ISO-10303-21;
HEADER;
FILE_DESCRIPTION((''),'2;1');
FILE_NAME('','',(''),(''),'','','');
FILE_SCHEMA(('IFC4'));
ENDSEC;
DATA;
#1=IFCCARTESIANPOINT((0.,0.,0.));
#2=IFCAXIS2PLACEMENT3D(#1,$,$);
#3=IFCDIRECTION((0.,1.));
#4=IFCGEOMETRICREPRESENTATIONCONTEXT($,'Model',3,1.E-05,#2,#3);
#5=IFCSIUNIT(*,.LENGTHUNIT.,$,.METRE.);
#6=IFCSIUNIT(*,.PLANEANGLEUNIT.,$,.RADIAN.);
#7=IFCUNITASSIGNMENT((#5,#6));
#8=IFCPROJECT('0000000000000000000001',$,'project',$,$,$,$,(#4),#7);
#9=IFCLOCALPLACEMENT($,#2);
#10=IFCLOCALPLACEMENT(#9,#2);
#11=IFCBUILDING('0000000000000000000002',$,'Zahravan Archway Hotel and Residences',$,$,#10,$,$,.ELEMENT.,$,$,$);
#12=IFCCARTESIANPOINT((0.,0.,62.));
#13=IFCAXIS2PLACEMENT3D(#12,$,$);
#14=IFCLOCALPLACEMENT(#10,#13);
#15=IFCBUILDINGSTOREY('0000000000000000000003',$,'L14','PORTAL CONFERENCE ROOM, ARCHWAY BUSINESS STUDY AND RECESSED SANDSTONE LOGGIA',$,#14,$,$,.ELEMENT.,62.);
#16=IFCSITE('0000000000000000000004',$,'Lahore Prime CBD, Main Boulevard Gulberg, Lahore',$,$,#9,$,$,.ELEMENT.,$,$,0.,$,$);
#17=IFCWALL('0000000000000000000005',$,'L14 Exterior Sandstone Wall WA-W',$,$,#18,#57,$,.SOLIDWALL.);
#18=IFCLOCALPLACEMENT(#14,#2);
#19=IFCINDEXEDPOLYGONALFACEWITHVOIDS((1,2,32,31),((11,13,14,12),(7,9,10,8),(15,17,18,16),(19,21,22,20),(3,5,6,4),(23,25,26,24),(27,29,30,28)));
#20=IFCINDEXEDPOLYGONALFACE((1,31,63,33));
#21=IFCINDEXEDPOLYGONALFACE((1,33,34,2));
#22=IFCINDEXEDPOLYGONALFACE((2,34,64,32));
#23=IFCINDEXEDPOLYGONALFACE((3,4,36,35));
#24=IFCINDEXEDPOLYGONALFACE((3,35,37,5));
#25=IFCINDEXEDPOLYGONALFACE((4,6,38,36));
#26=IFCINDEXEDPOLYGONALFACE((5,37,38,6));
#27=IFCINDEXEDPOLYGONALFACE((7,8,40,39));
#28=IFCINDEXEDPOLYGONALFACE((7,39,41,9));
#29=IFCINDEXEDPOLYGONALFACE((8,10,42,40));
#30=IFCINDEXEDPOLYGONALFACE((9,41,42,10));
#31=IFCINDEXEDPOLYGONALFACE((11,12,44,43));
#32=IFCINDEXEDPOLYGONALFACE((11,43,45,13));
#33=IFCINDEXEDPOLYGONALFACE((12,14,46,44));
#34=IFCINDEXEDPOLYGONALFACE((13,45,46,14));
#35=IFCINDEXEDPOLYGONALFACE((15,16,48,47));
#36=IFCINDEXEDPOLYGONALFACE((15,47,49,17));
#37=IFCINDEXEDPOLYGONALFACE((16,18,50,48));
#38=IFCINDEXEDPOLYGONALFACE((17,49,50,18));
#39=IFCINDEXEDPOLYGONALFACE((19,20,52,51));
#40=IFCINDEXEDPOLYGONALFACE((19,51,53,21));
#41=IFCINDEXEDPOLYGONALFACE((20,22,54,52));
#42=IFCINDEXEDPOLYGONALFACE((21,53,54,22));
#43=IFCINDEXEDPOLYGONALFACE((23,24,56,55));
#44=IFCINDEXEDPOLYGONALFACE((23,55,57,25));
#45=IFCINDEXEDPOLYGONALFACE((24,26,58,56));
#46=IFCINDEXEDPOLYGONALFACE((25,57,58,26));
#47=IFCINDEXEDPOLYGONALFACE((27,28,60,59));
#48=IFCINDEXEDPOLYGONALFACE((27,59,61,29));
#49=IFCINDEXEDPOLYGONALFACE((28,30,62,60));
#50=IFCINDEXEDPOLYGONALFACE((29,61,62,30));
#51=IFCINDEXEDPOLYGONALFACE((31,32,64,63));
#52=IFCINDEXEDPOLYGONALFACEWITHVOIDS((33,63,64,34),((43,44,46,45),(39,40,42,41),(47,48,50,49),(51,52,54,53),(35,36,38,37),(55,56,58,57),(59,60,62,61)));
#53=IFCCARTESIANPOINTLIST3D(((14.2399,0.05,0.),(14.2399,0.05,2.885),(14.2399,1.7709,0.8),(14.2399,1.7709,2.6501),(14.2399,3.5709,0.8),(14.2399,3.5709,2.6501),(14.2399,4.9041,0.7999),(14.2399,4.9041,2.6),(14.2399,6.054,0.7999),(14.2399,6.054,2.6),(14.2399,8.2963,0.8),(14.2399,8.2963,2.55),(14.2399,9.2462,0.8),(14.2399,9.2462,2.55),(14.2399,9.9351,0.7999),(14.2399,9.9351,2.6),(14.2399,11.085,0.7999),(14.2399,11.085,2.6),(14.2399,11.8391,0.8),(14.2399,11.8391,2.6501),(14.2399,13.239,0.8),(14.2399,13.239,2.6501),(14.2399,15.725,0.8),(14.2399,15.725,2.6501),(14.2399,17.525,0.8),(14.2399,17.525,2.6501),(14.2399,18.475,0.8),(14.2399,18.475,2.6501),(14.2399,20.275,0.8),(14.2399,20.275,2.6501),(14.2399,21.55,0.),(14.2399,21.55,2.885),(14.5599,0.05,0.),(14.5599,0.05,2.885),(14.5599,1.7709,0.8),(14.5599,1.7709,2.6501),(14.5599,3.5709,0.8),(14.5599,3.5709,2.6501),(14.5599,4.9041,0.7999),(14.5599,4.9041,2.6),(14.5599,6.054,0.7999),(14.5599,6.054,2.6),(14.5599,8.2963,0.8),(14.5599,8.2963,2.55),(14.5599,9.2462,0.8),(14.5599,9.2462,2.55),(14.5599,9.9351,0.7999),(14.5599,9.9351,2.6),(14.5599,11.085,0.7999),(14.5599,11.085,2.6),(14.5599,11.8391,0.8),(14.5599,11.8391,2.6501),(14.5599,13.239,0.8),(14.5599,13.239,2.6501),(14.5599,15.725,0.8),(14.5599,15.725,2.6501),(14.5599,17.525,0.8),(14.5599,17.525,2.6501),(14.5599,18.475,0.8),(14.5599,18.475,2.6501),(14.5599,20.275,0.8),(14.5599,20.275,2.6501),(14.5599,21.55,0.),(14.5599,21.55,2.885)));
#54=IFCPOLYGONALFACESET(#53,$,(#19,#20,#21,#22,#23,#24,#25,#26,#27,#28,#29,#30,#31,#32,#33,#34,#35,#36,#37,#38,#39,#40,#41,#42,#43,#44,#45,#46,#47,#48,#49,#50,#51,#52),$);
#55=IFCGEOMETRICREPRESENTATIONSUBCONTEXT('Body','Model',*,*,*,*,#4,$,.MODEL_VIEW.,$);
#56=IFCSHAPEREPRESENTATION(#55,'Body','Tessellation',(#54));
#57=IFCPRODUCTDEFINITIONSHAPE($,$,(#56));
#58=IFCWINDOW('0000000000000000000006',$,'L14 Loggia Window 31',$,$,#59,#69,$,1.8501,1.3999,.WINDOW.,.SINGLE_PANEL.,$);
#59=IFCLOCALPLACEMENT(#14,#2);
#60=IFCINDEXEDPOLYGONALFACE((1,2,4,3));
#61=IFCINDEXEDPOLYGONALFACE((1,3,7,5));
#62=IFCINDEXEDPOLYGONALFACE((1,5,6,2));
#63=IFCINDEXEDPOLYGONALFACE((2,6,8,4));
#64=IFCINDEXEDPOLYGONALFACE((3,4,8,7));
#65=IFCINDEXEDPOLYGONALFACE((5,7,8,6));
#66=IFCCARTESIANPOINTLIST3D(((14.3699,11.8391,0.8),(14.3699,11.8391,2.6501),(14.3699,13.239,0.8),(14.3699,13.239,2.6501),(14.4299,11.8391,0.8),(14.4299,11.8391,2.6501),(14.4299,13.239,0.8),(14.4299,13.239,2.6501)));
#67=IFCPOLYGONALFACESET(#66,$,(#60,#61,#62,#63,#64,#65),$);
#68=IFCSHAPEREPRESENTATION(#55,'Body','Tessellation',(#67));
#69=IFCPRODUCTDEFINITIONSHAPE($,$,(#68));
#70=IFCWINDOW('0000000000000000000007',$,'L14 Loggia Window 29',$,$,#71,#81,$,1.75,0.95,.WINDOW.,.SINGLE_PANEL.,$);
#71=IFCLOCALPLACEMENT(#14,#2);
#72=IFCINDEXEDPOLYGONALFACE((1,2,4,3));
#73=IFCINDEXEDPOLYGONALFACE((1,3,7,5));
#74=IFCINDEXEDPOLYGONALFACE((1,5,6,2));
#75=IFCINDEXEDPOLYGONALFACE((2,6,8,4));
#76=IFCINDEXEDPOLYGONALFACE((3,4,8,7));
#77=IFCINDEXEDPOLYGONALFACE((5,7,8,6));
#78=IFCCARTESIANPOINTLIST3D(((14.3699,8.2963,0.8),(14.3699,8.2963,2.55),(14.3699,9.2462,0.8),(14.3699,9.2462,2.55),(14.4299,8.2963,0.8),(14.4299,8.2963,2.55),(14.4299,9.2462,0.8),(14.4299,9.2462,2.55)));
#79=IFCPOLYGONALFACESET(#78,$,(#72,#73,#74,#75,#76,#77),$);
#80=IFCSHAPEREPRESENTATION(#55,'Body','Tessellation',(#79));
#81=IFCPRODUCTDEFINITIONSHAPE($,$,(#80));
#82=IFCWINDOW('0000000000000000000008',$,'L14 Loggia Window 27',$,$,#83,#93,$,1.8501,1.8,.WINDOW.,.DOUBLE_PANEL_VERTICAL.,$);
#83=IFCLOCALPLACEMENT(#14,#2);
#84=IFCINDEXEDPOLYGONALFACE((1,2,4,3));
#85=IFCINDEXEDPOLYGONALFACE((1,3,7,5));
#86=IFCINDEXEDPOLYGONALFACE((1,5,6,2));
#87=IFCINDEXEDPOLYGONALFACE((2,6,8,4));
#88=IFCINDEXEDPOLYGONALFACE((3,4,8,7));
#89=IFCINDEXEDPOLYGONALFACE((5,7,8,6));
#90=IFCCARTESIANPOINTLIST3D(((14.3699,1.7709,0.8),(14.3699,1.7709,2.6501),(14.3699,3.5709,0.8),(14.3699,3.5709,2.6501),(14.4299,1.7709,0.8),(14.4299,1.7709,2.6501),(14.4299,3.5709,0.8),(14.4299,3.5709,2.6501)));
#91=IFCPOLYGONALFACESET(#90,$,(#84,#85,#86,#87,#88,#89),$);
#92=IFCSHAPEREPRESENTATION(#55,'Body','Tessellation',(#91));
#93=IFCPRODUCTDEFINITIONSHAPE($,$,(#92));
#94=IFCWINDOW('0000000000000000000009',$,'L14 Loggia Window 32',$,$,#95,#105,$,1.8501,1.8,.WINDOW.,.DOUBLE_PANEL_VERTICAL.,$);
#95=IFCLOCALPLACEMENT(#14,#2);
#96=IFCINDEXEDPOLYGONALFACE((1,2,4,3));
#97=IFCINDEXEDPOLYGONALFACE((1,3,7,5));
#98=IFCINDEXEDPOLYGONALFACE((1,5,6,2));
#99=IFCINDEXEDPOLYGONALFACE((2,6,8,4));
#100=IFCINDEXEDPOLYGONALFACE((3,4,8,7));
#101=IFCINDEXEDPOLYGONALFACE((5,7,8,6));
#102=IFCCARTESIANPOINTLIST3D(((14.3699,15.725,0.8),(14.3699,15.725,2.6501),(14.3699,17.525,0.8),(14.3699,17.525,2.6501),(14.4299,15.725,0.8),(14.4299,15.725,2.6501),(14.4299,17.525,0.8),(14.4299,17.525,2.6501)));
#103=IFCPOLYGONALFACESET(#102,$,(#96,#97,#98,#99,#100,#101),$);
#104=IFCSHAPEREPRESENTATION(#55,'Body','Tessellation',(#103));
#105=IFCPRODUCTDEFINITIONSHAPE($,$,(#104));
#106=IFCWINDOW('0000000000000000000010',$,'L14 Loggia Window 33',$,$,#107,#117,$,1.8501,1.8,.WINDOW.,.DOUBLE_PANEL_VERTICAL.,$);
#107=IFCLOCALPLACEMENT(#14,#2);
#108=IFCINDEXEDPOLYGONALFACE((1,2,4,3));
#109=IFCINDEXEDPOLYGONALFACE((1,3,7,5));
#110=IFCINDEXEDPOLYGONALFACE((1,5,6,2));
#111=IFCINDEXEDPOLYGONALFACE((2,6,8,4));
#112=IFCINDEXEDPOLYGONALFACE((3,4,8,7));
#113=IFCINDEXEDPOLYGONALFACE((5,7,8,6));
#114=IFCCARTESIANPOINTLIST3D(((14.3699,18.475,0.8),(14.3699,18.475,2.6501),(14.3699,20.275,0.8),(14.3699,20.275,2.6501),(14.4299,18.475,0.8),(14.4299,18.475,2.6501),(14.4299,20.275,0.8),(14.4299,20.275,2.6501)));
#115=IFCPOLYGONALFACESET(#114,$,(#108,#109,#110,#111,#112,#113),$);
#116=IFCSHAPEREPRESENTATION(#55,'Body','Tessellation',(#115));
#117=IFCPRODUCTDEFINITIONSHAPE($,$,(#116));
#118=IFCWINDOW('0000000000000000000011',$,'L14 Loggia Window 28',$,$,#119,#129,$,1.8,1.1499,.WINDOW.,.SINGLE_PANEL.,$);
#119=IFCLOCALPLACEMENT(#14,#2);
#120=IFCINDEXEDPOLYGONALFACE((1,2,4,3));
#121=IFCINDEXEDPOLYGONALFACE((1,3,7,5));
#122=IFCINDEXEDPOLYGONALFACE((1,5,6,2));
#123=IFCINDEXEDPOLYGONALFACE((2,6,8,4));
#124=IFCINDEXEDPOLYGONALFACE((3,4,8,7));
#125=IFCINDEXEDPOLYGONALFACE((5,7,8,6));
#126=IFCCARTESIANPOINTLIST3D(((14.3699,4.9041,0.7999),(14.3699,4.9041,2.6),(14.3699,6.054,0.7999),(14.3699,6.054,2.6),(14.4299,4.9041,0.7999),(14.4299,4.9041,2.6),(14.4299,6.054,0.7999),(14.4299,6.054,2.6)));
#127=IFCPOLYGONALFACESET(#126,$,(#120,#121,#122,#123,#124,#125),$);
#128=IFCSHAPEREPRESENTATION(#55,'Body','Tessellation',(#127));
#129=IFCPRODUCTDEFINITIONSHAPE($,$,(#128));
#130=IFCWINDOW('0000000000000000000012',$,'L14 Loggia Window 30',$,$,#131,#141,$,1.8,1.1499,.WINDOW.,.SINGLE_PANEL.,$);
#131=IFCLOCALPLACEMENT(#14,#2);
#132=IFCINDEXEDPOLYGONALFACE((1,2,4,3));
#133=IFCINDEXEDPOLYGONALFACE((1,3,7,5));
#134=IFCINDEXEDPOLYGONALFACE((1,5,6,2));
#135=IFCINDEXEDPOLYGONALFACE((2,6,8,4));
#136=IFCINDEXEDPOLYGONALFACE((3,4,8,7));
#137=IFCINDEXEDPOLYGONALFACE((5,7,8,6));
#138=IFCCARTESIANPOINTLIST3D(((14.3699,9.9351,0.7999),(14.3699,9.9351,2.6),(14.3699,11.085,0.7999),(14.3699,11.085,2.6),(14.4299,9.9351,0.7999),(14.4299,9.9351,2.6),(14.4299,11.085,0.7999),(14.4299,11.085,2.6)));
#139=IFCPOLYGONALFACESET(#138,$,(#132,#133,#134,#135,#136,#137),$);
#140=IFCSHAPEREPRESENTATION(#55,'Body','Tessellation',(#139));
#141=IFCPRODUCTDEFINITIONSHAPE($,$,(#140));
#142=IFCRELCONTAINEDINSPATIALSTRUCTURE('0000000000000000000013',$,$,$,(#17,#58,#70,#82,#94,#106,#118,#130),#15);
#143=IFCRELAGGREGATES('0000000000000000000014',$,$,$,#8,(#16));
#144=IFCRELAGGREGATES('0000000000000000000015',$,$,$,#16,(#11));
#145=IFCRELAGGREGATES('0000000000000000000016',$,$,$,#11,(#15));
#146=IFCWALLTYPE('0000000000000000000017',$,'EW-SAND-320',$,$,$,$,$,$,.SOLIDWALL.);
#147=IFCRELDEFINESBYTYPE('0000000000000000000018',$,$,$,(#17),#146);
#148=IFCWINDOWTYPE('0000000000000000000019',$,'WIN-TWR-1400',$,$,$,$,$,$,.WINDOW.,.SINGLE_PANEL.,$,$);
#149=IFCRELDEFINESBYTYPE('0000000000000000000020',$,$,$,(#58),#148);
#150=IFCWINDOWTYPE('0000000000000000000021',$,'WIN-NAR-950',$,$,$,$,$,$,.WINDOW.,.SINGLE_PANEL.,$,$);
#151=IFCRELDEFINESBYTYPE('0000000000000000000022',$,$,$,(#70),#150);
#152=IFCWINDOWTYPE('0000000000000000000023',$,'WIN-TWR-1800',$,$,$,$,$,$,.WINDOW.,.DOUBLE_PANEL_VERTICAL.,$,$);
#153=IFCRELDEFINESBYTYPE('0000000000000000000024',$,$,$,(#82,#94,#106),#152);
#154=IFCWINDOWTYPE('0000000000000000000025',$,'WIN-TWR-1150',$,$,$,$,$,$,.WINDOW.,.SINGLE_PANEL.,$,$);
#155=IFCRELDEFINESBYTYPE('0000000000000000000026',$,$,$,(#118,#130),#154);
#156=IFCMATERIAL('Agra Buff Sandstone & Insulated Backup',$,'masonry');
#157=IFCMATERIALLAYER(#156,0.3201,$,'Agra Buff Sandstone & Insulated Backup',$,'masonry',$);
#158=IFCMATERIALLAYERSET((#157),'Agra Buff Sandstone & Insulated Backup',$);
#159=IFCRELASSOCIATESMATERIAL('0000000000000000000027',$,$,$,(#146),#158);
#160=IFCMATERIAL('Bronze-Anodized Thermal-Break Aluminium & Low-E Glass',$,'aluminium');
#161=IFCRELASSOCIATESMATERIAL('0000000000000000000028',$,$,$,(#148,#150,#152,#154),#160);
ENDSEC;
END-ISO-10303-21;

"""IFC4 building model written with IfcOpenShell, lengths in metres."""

from ifc_helpers import new_model, si_unit, direction, frame, frame_2d, origin, place, context, subcontext, project, spatial, rectangle, extrude, source, transform, mapped, material, layer, layer_set, type_object, type_shapes, element, fill, save


model = new_model("IFC4")

# Units and contexts
model_context = context("Model", 3, precision=1e-05, world=origin(), true_north=direction((0.0, 1.0)))
body_context = subcontext(model_context, "Body", "Model", "MODEL_VIEW")
ifc_project = project(units=[si_unit("LENGTHUNIT", "METRE"), si_unit("PLANEANGLEUNIT", "RADIAN")], contexts=[model_context])

# Site, building, storey
site_placement = place(None, origin())
site = spatial("IfcSite", under=ifc_project, at=site_placement, Name="Lahore Prime CBD, Main Boulevard Gulberg, Lahore", CompositionType="ELEMENT", RefElevation=0.0)
building_placement = place(site_placement, origin())
building = spatial("IfcBuilding", under=site, at=building_placement, Name="Zahravan Archway Hotel and Residences", CompositionType="ELEMENT")
storey_placement = place(building_placement, frame((0.0, 0.0, 62.0)))
storey = spatial("IfcBuildingStorey", under=building, at=storey_placement, Name="L14", Description="PORTAL CONFERENCE ROOM, ARCHWAY BUSINESS STUDY AND RECESSED SANDSTONE LOGGIA", CompositionType="ELEMENT", Elevation=62.0)

# Wall, openings, windows
ifc_material_1 = material(Name="Agra Buff Sandstone & Insulated Backup", Category="masonry")
ifc_layer_1 = layer(ifc_material_1, 0.3201, Name="Agra Buff Sandstone & Insulated Backup", Category="masonry")
ifc_layer_set_1 = layer_set([ifc_layer_1], Name="Agra Buff Sandstone & Insulated Backup")
wall_type_1 = type_object("IfcWallType", Name="EW-SAND-320", PredefinedType="SOLIDWALL", material=ifc_layer_set_1)
wall_1_placement = place(storey_placement, frame((14.3999, 0.05, 0.0), z_axis=(0.0, 0.0, 1.0), x_axis=(0.0, 1.0, 0.0)))
wall_1 = element("IfcWall", 1, at=wall_1_placement, inside=storey, type_object=wall_type_1, Name="L14 Exterior Sandstone Wall WA-W", PredefinedType="SOLIDWALL", context=body_context, shape_type="SweptSolid", body=[
    extrude(rectangle(XDim=21.5, YDim=0.3201, at=frame_2d((10.75, 0.0))), origin(), (0.0, 0.0, 1.0), 2.885),
])
opening_1_placement = place(wall_1_placement, frame((1.7209, 0.0, 0.8)))
opening_1 = element("IfcOpeningElement", 2, at=opening_1_placement, cuts=wall_1, PredefinedType="OPENING", context=body_context, shape_type="SweptSolid", body=[
    extrude(rectangle(XDim=1.8, YDim=1.8501, at=frame_2d((0.8999, 0.925))), frame((0.0, 0.1699, 0.0), z_axis=(0.0, -1.0, 0.0), x_axis=(1.0, 0.0, 0.0)), (0.0, 0.0, 1.0), 0.3401),
])
opening_2_placement = place(wall_1_placement, frame((4.854, 0.0, 0.8)))
opening_2 = element("IfcOpeningElement", 3, at=opening_2_placement, cuts=wall_1, PredefinedType="OPENING", context=body_context, shape_type="SweptSolid", body=[
    extrude(rectangle(XDim=1.1499, YDim=1.8, at=frame_2d((0.575, 0.8999))), frame((0.0, 0.1699, 0.0), z_axis=(0.0, -1.0, 0.0), x_axis=(1.0, 0.0, 0.0)), (0.0, 0.0, 1.0), 0.3401),
])
opening_3_placement = place(wall_1_placement, frame((8.2461, 0.0, 0.8)))
opening_3 = element("IfcOpeningElement", 4, at=opening_3_placement, cuts=wall_1, PredefinedType="OPENING", context=body_context, shape_type="SweptSolid", body=[
    extrude(rectangle(XDim=0.95, YDim=1.75, at=frame_2d((0.4751, 0.875))), frame((0.0, 0.1699, 0.0), z_axis=(0.0, -1.0, 0.0), x_axis=(1.0, 0.0, 0.0)), (0.0, 0.0, 1.0), 0.3401),
])
opening_4_placement = place(wall_1_placement, frame((9.885, 0.0, 0.8)))
opening_4 = element("IfcOpeningElement", 5, at=opening_4_placement, cuts=wall_1, PredefinedType="OPENING", context=body_context, shape_type="SweptSolid", body=[
    extrude(rectangle(XDim=1.1499, YDim=1.8, at=frame_2d((0.575, 0.8999))), frame((0.0, 0.1699, 0.0), z_axis=(0.0, -1.0, 0.0), x_axis=(1.0, 0.0, 0.0)), (0.0, 0.0, 1.0), 0.3401),
])
opening_5_placement = place(wall_1_placement, frame((11.7891, 0.0, 0.8)))
opening_5 = element("IfcOpeningElement", 6, at=opening_5_placement, cuts=wall_1, PredefinedType="OPENING", context=body_context, shape_type="SweptSolid", body=[
    extrude(rectangle(XDim=1.3999, YDim=1.8501, at=frame_2d((0.7, 0.925))), frame((0.0, 0.1699, 0.0), z_axis=(0.0, -1.0, 0.0), x_axis=(1.0, 0.0, 0.0)), (0.0, 0.0, 1.0), 0.3401),
])
opening_6_placement = place(wall_1_placement, frame((15.675, 0.0, 0.8)))
opening_6 = element("IfcOpeningElement", 7, at=opening_6_placement, cuts=wall_1, PredefinedType="OPENING", context=body_context, shape_type="SweptSolid", body=[
    extrude(rectangle(XDim=1.8, YDim=1.8501, at=frame_2d((0.8999, 0.925))), frame((0.0, 0.1699, 0.0), z_axis=(0.0, -1.0, 0.0), x_axis=(1.0, 0.0, 0.0)), (0.0, 0.0, 1.0), 0.3401),
])
opening_7_placement = place(wall_1_placement, frame((18.425, 0.0, 0.8)))
opening_7 = element("IfcOpeningElement", 8, at=opening_7_placement, cuts=wall_1, PredefinedType="OPENING", context=body_context, shape_type="SweptSolid", body=[
    extrude(rectangle(XDim=1.8, YDim=1.8501, at=frame_2d((0.8999, 0.925))), frame((0.0, 0.1699, 0.0), z_axis=(0.0, -1.0, 0.0), x_axis=(1.0, 0.0, 0.0)), (0.0, 0.0, 1.0), 0.3401),
])
ifc_material_2 = material(Name="Bronze-Anodized Thermal-Break Aluminium & Low-E Glass", Category="aluminium")
window_type_1 = type_object("IfcWindowType", Name="WIN-TWR-1400", PartitioningType="SINGLE_PANEL", PredefinedType="WINDOW", material=ifc_material_2)
shared_shape_1 = source(origin(), body_context, "Body", "SweptSolid", [
    extrude(rectangle(XDim=1.3999, YDim=1.8501, at=frame_2d((0.7, 0.925))), frame((0.0, 0.03, 0.0), z_axis=(0.0, -1.0, 0.0), x_axis=(1.0, 0.0, 0.0)), (0.0, 0.0, 1.0), 0.0601),
])
type_shapes(window_type_1, [shared_shape_1])
window_1_placement = place(opening_5_placement, origin())
window_1 = element("IfcWindow", 9, at=window_1_placement, inside=storey, type_object=window_type_1, Name="L14 Loggia Window 31", OverallHeight=1.8501, OverallWidth=1.3999, PartitioningType="SINGLE_PANEL", PredefinedType="WINDOW", context=body_context, shape_type="MappedRepresentation", body=[
    mapped(shared_shape_1, transform((0.0, 0.0, 0.0), scale=1.0)),
])
fill(opening_5, window_1)
window_type_2 = type_object("IfcWindowType", Name="WIN-NAR-950", PartitioningType="SINGLE_PANEL", PredefinedType="WINDOW", material=ifc_material_2)
shared_shape_2 = source(origin(), body_context, "Body", "SweptSolid", [
    extrude(rectangle(XDim=0.95, YDim=1.75, at=frame_2d((0.4751, 0.875))), frame((0.0, 0.03, 0.0), z_axis=(0.0, -1.0, 0.0), x_axis=(1.0, 0.0, 0.0)), (0.0, 0.0, 1.0), 0.0601),
])
type_shapes(window_type_2, [shared_shape_2])
window_2_placement = place(opening_3_placement, origin())
window_2 = element("IfcWindow", 10, at=window_2_placement, inside=storey, type_object=window_type_2, Name="L14 Loggia Window 29", OverallHeight=1.75, OverallWidth=0.95, PartitioningType="SINGLE_PANEL", PredefinedType="WINDOW", context=body_context, shape_type="MappedRepresentation", body=[
    mapped(shared_shape_2, transform((0.0, 0.0, 0.0), scale=1.0)),
])
fill(opening_3, window_2)
window_type_3 = type_object("IfcWindowType", Name="WIN-TWR-1800", PartitioningType="DOUBLE_PANEL_VERTICAL", PredefinedType="WINDOW", material=ifc_material_2)
shared_shape_3 = source(origin(), body_context, "Body", "SweptSolid", [
    extrude(rectangle(XDim=1.8, YDim=1.8501, at=frame_2d((0.8999, 0.925))), frame((0.0, 0.03, 0.0), z_axis=(0.0, -1.0, 0.0), x_axis=(1.0, 0.0, 0.0)), (0.0, 0.0, 1.0), 0.0601),
])
type_shapes(window_type_3, [shared_shape_3])
window_3_placement = place(opening_1_placement, origin())
window_3 = element("IfcWindow", 11, at=window_3_placement, inside=storey, type_object=window_type_3, Name="L14 Loggia Window 27", OverallHeight=1.8501, OverallWidth=1.8, PartitioningType="DOUBLE_PANEL_VERTICAL", PredefinedType="WINDOW", context=body_context, shape_type="MappedRepresentation", body=[
    mapped(shared_shape_3, transform((0.0, 0.0, 0.0), scale=1.0)),
])
fill(opening_1, window_3)
window_4_placement = place(opening_6_placement, origin())
window_4 = element("IfcWindow", 12, at=window_4_placement, inside=storey, type_object=window_type_3, Name="L14 Loggia Window 32", OverallHeight=1.8501, OverallWidth=1.8, PartitioningType="DOUBLE_PANEL_VERTICAL", PredefinedType="WINDOW", context=body_context, shape_type="MappedRepresentation", body=[
    mapped(shared_shape_3, transform((0.0, 0.0, 0.0), scale=1.0)),
])
fill(opening_6, window_4)
window_5_placement = place(opening_7_placement, origin())
window_5 = element("IfcWindow", 13, at=window_5_placement, inside=storey, type_object=window_type_3, Name="L14 Loggia Window 33", OverallHeight=1.8501, OverallWidth=1.8, PartitioningType="DOUBLE_PANEL_VERTICAL", PredefinedType="WINDOW", context=body_context, shape_type="MappedRepresentation", body=[
    mapped(shared_shape_3, transform((0.0, 0.0, 0.0), scale=1.0)),
])
fill(opening_7, window_5)
window_type_4 = type_object("IfcWindowType", Name="WIN-TWR-1150", PartitioningType="SINGLE_PANEL", PredefinedType="WINDOW", material=ifc_material_2)
shared_shape_4 = source(origin(), body_context, "Body", "SweptSolid", [
    extrude(rectangle(XDim=1.1499, YDim=1.8, at=frame_2d((0.575, 0.8999))), frame((0.0, 0.03, 0.0), z_axis=(0.0, -1.0, 0.0), x_axis=(1.0, 0.0, 0.0)), (0.0, 0.0, 1.0), 0.0601),
])
type_shapes(window_type_4, [shared_shape_4])
window_6_placement = place(opening_2_placement, origin())
window_6 = element("IfcWindow", 14, at=window_6_placement, inside=storey, type_object=window_type_4, Name="L14 Loggia Window 28", OverallHeight=1.8, OverallWidth=1.1499, PartitioningType="SINGLE_PANEL", PredefinedType="WINDOW", context=body_context, shape_type="MappedRepresentation", body=[
    mapped(shared_shape_4, transform((0.0, 0.0, 0.0), scale=1.0)),
])
fill(opening_2, window_6)
window_7_placement = place(opening_4_placement, origin())
window_7 = element("IfcWindow", 15, at=window_7_placement, inside=storey, type_object=window_type_4, Name="L14 Loggia Window 30", OverallHeight=1.8, OverallWidth=1.1499, PartitioningType="SINGLE_PANEL", PredefinedType="WINDOW", context=body_context, shape_type="MappedRepresentation", body=[
    mapped(shared_shape_4, transform((0.0, 0.0, 0.0), scale=1.0)),
])
fill(opening_4, window_7)

save(model, "model.ifc")
